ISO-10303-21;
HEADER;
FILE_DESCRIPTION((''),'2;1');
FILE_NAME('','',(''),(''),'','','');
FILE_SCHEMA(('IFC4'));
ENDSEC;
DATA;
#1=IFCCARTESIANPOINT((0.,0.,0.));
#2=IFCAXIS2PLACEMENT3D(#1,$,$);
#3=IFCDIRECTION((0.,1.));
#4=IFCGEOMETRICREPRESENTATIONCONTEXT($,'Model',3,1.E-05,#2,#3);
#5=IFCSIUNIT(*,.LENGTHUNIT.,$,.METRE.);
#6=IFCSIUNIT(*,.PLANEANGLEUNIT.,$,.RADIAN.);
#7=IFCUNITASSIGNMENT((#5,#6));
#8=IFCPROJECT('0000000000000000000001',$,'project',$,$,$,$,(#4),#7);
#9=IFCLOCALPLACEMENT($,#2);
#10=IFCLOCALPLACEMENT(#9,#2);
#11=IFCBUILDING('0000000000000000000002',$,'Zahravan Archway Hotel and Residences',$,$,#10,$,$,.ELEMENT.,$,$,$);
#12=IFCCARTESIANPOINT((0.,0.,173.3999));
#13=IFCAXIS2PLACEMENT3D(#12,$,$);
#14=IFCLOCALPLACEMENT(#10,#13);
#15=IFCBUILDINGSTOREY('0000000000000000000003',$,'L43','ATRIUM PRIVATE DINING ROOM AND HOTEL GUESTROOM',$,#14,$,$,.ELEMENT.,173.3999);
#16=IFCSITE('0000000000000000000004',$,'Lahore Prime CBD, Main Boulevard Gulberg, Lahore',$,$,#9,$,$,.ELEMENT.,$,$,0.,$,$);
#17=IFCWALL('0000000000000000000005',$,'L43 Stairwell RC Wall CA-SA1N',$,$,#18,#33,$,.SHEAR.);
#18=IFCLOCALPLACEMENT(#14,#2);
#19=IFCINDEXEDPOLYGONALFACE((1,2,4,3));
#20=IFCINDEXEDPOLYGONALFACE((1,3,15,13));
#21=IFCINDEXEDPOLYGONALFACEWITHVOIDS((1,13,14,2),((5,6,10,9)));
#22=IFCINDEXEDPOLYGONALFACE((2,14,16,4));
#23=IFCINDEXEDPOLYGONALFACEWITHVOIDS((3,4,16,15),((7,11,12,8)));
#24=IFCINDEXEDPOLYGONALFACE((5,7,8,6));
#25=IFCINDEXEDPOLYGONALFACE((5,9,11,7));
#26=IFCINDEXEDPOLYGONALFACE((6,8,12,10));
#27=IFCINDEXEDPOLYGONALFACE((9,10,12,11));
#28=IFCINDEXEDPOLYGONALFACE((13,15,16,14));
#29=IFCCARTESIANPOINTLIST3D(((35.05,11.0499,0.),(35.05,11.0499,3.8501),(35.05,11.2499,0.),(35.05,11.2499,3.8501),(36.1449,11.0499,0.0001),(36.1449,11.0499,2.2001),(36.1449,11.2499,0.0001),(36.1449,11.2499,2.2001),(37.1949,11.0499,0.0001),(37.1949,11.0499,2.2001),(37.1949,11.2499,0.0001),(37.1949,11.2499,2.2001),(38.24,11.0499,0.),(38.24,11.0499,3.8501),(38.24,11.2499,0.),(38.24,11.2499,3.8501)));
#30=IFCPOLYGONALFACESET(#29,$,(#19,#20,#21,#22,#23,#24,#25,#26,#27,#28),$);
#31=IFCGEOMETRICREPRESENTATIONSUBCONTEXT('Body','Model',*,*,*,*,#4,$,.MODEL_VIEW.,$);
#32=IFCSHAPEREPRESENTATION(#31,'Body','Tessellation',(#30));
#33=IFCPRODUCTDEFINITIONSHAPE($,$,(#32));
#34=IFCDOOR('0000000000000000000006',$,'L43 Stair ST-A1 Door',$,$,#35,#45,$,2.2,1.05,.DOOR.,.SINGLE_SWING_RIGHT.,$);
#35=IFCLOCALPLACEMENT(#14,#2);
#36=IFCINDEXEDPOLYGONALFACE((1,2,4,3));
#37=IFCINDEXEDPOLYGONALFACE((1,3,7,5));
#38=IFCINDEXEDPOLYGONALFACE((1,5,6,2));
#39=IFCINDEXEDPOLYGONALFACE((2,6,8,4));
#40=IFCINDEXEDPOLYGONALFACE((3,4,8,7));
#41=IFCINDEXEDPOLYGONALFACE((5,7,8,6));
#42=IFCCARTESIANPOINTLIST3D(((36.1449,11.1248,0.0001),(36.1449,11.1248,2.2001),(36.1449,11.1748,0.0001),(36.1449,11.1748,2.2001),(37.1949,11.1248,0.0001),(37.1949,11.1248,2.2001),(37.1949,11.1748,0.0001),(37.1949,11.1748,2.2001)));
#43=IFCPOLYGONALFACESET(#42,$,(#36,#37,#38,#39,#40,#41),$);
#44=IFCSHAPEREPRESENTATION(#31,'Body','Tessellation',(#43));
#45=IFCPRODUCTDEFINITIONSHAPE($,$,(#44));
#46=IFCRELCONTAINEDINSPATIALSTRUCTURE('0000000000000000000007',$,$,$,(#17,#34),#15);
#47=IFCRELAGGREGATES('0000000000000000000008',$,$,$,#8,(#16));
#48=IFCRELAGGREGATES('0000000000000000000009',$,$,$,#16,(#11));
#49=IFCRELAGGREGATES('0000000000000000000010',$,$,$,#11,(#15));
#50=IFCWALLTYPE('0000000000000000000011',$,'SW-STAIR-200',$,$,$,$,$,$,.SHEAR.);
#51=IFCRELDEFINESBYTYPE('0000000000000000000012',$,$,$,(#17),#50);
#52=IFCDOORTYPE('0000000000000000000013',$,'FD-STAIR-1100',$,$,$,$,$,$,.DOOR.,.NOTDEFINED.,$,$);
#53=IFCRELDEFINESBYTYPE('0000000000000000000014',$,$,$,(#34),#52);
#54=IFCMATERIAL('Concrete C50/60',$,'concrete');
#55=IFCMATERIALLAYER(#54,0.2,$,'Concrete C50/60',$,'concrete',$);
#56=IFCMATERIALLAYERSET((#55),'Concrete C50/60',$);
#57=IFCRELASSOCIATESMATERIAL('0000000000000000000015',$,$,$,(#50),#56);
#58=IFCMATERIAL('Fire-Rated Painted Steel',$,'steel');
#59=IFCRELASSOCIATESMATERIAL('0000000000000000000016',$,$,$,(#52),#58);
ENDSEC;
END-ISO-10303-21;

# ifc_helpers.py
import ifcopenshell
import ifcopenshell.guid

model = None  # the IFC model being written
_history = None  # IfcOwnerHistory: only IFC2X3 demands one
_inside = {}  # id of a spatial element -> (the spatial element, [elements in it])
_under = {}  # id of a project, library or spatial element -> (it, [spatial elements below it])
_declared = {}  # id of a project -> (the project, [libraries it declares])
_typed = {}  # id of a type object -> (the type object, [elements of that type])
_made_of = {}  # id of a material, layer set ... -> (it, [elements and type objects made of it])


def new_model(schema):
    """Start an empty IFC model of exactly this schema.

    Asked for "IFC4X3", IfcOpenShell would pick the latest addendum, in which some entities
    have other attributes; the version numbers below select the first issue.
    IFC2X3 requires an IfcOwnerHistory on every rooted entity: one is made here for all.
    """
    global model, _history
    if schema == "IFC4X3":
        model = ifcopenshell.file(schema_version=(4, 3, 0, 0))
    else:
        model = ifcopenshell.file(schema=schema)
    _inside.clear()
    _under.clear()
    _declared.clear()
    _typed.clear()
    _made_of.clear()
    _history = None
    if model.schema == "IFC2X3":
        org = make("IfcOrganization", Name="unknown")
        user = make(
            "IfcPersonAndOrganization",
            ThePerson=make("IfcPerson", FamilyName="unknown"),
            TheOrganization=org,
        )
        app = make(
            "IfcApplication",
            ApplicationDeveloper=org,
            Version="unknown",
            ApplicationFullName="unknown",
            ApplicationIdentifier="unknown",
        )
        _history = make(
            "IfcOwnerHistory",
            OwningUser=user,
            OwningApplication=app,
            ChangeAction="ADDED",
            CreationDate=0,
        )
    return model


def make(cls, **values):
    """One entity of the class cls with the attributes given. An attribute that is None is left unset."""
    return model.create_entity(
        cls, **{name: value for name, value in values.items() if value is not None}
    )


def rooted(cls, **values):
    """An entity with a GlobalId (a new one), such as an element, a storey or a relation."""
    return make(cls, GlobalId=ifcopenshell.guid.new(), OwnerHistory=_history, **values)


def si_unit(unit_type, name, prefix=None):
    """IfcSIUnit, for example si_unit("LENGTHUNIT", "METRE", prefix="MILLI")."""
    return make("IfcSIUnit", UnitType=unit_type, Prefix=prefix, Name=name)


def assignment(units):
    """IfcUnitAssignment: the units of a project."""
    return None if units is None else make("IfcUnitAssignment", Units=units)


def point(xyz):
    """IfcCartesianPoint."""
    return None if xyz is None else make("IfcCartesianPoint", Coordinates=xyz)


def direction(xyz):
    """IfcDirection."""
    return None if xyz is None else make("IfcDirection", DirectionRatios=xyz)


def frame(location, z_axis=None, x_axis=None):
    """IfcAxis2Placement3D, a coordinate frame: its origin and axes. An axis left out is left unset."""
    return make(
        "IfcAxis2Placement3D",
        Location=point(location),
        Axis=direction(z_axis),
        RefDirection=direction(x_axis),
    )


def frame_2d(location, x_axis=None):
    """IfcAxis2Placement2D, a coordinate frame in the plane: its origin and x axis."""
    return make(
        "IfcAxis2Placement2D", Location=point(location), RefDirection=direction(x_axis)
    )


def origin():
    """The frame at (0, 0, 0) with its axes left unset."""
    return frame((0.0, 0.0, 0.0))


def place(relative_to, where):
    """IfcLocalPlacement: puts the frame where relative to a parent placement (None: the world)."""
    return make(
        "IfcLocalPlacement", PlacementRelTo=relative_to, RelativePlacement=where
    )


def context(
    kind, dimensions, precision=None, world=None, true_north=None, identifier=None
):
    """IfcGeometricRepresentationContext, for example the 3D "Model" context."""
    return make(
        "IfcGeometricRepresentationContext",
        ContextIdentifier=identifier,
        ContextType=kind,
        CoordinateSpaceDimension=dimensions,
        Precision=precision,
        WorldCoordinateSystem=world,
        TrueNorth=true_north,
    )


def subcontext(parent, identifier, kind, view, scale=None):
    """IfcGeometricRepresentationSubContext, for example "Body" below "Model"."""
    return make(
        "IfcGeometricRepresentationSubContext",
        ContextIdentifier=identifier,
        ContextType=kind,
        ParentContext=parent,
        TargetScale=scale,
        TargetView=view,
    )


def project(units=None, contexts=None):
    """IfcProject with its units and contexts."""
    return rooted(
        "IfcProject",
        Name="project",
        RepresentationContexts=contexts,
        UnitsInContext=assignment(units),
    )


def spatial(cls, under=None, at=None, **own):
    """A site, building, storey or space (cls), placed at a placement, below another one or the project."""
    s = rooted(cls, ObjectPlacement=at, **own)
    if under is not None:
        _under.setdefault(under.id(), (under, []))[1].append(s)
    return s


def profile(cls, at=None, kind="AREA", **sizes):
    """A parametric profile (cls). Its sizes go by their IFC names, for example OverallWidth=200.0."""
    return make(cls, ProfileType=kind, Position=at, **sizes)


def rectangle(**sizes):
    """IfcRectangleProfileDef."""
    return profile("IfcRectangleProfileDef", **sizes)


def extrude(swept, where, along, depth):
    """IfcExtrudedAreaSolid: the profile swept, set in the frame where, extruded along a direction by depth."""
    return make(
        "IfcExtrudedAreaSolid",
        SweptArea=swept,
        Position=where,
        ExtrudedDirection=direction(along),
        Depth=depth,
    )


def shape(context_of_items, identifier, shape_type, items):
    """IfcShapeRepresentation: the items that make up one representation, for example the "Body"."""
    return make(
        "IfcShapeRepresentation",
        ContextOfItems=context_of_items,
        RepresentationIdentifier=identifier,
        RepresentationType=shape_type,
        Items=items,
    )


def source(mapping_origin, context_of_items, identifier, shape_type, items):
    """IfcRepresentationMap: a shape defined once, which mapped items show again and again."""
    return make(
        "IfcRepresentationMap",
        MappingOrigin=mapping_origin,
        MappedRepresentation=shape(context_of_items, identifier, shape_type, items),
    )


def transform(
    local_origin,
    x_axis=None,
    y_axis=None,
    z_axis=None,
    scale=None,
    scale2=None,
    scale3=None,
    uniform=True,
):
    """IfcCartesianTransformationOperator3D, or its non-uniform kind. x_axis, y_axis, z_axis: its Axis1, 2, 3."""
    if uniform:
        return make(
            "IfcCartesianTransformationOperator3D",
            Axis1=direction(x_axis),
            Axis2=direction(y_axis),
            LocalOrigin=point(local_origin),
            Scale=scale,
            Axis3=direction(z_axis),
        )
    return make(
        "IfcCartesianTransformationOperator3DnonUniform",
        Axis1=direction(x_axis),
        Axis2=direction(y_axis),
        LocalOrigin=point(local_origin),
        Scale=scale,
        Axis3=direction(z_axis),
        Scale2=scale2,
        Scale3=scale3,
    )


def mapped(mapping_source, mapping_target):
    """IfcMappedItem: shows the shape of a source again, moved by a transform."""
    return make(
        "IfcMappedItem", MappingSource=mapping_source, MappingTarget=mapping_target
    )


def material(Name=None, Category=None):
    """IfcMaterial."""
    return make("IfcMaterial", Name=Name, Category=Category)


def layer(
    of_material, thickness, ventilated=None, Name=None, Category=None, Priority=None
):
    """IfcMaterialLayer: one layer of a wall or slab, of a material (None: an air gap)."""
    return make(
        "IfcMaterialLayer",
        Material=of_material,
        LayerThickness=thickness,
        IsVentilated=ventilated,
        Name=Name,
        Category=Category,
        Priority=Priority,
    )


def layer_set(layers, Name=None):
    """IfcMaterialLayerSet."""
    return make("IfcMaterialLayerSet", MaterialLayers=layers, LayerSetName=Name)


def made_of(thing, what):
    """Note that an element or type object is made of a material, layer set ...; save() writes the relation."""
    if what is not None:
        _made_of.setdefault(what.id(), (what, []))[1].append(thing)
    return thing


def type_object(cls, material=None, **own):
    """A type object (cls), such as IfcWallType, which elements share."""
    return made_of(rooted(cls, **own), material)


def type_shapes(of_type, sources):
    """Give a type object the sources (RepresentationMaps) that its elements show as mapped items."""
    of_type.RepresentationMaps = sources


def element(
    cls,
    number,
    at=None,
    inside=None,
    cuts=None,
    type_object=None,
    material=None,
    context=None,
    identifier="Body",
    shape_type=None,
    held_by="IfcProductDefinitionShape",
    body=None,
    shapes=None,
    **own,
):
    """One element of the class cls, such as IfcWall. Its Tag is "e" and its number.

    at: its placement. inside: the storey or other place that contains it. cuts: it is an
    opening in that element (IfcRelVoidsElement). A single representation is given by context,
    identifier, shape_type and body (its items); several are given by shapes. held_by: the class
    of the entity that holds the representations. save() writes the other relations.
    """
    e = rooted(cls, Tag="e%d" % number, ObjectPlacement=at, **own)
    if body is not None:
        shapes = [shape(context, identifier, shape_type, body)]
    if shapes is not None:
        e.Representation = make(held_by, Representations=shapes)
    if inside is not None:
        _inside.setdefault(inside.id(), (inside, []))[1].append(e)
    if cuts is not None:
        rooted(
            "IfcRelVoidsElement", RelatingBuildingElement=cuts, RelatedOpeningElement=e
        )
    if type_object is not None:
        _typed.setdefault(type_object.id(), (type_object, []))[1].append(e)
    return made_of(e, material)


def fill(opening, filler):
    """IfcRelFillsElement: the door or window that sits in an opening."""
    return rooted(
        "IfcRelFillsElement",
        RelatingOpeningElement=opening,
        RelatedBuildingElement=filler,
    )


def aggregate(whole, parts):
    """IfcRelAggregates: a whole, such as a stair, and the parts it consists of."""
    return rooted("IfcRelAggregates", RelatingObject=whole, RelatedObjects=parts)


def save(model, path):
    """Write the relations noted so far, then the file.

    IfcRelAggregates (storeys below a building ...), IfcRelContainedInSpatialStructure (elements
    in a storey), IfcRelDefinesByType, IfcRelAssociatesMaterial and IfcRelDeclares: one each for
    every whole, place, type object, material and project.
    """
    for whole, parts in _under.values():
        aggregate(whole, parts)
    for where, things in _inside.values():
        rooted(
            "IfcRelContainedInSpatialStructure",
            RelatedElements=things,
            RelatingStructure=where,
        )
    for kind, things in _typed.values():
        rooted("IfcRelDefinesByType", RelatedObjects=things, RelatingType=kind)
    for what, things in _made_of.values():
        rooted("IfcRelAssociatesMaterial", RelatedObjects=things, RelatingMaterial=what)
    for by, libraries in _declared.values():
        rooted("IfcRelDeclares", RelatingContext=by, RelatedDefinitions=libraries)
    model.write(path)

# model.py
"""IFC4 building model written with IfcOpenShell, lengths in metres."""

from ifc_helpers import new_model, si_unit, direction, frame, frame_2d, origin, place, context, subcontext, project, spatial, rectangle, extrude, source, transform, mapped, material, layer, layer_set, type_object, type_shapes, element, fill, save


model = new_model("IFC4")

# Units and contexts
model_context = context("Model", 3, precision=1e-05, world=origin(), true_north=direction((0.0, 1.0)))
body_context = subcontext(model_context, "Body", "Model", "MODEL_VIEW")
ifc_project = project(units=[si_unit("LENGTHUNIT", "METRE"), si_unit("PLANEANGLEUNIT", "RADIAN")], contexts=[model_context])

# Site, building, storey
site_placement = place(None, origin())
site = spatial("IfcSite", under=ifc_project, at=site_placement, Name="Lahore Prime CBD, Main Boulevard Gulberg, Lahore", CompositionType="ELEMENT", RefElevation=0.0)
building_placement = place(site_placement, origin())
building = spatial("IfcBuilding", under=site, at=building_placement, Name="Zahravan Archway Hotel and Residences", CompositionType="ELEMENT")
storey_placement = place(building_placement, frame((0.0, 0.0, 173.3999)))
storey = spatial("IfcBuildingStorey", under=building, at=storey_placement, Name="L43", Description="ATRIUM PRIVATE DINING ROOM AND HOTEL GUESTROOM", CompositionType="ELEMENT", Elevation=173.3999)

# Wall, opening, door
ifc_material_1 = material(Name="Concrete C50/60", Category="concrete")
ifc_layer_1 = layer(ifc_material_1, 0.2, Name="Concrete C50/60", Category="concrete")
ifc_layer_set_1 = layer_set([ifc_layer_1], Name="Concrete C50/60")
wall_type_1 = type_object("IfcWallType", Name="SW-STAIR-200", PredefinedType="SHEAR", material=ifc_layer_set_1)
wall_1_placement = place(storey_placement, frame((35.05, 11.1499, 0.0), z_axis=(0.0, 0.0, 1.0), x_axis=(1.0, 0.0, 0.0)))
wall_1 = element("IfcWall", 1, at=wall_1_placement, inside=storey, type_object=wall_type_1, Name="L43 Stairwell RC Wall CA-SA1N", PredefinedType="SHEAR", context=body_context, shape_type="SweptSolid", body=[
    extrude(rectangle(XDim=3.1899, YDim=0.2, at=frame_2d((1.595, 0.0))), origin(), (0.0, 0.0, 1.0), 3.8501),
])
opening_placement = place(wall_1_placement, frame((1.095, 0.0, 0.0)))
opening = element("IfcOpeningElement", 2, at=opening_placement, cuts=wall_1, PredefinedType="OPENING", context=body_context, shape_type="SweptSolid", body=[
    extrude(rectangle(XDim=1.05, YDim=2.2, at=frame_2d((0.5249, 1.1001))), frame((0.0, 0.1099, 0.0), z_axis=(0.0, -1.0, 0.0), x_axis=(1.0, 0.0, 0.0)), (0.0, 0.0, 1.0), 0.22),
])
ifc_material_2 = material(Name="Fire-Rated Painted Steel", Category="steel")
door_type = type_object("IfcDoorType", Name="FD-STAIR-1100", OperationType="NOTDEFINED", PredefinedType="DOOR", material=ifc_material_2)
shared_shape_1 = source(origin(), body_context, "Body", "SweptSolid", [
    extrude(rectangle(XDim=1.05, YDim=2.2, at=frame_2d((0.5249, 1.1001))), frame((0.0, 0.0249, 0.0), z_axis=(0.0, -1.0, 0.0), x_axis=(1.0, 0.0, 0.0)), (0.0, 0.0, 1.0), 0.05),
])
type_shapes(door_type, [shared_shape_1])
door_placement = place(opening_placement, origin())
door = element("IfcDoor", 3, at=door_placement, inside=storey, type_object=door_type, Name="L43 Stair ST-A1 Door", OperationType="SINGLE_SWING_RIGHT", OverallHeight=2.2, OverallWidth=1.05, PredefinedType="DOOR", context=body_context, shape_type="MappedRepresentation", body=[
    mapped(shared_shape_1, transform((0.0, 0.0, 0.0), scale=1.0)),
])
fill(opening, door)

save(model, "model.ifc")
